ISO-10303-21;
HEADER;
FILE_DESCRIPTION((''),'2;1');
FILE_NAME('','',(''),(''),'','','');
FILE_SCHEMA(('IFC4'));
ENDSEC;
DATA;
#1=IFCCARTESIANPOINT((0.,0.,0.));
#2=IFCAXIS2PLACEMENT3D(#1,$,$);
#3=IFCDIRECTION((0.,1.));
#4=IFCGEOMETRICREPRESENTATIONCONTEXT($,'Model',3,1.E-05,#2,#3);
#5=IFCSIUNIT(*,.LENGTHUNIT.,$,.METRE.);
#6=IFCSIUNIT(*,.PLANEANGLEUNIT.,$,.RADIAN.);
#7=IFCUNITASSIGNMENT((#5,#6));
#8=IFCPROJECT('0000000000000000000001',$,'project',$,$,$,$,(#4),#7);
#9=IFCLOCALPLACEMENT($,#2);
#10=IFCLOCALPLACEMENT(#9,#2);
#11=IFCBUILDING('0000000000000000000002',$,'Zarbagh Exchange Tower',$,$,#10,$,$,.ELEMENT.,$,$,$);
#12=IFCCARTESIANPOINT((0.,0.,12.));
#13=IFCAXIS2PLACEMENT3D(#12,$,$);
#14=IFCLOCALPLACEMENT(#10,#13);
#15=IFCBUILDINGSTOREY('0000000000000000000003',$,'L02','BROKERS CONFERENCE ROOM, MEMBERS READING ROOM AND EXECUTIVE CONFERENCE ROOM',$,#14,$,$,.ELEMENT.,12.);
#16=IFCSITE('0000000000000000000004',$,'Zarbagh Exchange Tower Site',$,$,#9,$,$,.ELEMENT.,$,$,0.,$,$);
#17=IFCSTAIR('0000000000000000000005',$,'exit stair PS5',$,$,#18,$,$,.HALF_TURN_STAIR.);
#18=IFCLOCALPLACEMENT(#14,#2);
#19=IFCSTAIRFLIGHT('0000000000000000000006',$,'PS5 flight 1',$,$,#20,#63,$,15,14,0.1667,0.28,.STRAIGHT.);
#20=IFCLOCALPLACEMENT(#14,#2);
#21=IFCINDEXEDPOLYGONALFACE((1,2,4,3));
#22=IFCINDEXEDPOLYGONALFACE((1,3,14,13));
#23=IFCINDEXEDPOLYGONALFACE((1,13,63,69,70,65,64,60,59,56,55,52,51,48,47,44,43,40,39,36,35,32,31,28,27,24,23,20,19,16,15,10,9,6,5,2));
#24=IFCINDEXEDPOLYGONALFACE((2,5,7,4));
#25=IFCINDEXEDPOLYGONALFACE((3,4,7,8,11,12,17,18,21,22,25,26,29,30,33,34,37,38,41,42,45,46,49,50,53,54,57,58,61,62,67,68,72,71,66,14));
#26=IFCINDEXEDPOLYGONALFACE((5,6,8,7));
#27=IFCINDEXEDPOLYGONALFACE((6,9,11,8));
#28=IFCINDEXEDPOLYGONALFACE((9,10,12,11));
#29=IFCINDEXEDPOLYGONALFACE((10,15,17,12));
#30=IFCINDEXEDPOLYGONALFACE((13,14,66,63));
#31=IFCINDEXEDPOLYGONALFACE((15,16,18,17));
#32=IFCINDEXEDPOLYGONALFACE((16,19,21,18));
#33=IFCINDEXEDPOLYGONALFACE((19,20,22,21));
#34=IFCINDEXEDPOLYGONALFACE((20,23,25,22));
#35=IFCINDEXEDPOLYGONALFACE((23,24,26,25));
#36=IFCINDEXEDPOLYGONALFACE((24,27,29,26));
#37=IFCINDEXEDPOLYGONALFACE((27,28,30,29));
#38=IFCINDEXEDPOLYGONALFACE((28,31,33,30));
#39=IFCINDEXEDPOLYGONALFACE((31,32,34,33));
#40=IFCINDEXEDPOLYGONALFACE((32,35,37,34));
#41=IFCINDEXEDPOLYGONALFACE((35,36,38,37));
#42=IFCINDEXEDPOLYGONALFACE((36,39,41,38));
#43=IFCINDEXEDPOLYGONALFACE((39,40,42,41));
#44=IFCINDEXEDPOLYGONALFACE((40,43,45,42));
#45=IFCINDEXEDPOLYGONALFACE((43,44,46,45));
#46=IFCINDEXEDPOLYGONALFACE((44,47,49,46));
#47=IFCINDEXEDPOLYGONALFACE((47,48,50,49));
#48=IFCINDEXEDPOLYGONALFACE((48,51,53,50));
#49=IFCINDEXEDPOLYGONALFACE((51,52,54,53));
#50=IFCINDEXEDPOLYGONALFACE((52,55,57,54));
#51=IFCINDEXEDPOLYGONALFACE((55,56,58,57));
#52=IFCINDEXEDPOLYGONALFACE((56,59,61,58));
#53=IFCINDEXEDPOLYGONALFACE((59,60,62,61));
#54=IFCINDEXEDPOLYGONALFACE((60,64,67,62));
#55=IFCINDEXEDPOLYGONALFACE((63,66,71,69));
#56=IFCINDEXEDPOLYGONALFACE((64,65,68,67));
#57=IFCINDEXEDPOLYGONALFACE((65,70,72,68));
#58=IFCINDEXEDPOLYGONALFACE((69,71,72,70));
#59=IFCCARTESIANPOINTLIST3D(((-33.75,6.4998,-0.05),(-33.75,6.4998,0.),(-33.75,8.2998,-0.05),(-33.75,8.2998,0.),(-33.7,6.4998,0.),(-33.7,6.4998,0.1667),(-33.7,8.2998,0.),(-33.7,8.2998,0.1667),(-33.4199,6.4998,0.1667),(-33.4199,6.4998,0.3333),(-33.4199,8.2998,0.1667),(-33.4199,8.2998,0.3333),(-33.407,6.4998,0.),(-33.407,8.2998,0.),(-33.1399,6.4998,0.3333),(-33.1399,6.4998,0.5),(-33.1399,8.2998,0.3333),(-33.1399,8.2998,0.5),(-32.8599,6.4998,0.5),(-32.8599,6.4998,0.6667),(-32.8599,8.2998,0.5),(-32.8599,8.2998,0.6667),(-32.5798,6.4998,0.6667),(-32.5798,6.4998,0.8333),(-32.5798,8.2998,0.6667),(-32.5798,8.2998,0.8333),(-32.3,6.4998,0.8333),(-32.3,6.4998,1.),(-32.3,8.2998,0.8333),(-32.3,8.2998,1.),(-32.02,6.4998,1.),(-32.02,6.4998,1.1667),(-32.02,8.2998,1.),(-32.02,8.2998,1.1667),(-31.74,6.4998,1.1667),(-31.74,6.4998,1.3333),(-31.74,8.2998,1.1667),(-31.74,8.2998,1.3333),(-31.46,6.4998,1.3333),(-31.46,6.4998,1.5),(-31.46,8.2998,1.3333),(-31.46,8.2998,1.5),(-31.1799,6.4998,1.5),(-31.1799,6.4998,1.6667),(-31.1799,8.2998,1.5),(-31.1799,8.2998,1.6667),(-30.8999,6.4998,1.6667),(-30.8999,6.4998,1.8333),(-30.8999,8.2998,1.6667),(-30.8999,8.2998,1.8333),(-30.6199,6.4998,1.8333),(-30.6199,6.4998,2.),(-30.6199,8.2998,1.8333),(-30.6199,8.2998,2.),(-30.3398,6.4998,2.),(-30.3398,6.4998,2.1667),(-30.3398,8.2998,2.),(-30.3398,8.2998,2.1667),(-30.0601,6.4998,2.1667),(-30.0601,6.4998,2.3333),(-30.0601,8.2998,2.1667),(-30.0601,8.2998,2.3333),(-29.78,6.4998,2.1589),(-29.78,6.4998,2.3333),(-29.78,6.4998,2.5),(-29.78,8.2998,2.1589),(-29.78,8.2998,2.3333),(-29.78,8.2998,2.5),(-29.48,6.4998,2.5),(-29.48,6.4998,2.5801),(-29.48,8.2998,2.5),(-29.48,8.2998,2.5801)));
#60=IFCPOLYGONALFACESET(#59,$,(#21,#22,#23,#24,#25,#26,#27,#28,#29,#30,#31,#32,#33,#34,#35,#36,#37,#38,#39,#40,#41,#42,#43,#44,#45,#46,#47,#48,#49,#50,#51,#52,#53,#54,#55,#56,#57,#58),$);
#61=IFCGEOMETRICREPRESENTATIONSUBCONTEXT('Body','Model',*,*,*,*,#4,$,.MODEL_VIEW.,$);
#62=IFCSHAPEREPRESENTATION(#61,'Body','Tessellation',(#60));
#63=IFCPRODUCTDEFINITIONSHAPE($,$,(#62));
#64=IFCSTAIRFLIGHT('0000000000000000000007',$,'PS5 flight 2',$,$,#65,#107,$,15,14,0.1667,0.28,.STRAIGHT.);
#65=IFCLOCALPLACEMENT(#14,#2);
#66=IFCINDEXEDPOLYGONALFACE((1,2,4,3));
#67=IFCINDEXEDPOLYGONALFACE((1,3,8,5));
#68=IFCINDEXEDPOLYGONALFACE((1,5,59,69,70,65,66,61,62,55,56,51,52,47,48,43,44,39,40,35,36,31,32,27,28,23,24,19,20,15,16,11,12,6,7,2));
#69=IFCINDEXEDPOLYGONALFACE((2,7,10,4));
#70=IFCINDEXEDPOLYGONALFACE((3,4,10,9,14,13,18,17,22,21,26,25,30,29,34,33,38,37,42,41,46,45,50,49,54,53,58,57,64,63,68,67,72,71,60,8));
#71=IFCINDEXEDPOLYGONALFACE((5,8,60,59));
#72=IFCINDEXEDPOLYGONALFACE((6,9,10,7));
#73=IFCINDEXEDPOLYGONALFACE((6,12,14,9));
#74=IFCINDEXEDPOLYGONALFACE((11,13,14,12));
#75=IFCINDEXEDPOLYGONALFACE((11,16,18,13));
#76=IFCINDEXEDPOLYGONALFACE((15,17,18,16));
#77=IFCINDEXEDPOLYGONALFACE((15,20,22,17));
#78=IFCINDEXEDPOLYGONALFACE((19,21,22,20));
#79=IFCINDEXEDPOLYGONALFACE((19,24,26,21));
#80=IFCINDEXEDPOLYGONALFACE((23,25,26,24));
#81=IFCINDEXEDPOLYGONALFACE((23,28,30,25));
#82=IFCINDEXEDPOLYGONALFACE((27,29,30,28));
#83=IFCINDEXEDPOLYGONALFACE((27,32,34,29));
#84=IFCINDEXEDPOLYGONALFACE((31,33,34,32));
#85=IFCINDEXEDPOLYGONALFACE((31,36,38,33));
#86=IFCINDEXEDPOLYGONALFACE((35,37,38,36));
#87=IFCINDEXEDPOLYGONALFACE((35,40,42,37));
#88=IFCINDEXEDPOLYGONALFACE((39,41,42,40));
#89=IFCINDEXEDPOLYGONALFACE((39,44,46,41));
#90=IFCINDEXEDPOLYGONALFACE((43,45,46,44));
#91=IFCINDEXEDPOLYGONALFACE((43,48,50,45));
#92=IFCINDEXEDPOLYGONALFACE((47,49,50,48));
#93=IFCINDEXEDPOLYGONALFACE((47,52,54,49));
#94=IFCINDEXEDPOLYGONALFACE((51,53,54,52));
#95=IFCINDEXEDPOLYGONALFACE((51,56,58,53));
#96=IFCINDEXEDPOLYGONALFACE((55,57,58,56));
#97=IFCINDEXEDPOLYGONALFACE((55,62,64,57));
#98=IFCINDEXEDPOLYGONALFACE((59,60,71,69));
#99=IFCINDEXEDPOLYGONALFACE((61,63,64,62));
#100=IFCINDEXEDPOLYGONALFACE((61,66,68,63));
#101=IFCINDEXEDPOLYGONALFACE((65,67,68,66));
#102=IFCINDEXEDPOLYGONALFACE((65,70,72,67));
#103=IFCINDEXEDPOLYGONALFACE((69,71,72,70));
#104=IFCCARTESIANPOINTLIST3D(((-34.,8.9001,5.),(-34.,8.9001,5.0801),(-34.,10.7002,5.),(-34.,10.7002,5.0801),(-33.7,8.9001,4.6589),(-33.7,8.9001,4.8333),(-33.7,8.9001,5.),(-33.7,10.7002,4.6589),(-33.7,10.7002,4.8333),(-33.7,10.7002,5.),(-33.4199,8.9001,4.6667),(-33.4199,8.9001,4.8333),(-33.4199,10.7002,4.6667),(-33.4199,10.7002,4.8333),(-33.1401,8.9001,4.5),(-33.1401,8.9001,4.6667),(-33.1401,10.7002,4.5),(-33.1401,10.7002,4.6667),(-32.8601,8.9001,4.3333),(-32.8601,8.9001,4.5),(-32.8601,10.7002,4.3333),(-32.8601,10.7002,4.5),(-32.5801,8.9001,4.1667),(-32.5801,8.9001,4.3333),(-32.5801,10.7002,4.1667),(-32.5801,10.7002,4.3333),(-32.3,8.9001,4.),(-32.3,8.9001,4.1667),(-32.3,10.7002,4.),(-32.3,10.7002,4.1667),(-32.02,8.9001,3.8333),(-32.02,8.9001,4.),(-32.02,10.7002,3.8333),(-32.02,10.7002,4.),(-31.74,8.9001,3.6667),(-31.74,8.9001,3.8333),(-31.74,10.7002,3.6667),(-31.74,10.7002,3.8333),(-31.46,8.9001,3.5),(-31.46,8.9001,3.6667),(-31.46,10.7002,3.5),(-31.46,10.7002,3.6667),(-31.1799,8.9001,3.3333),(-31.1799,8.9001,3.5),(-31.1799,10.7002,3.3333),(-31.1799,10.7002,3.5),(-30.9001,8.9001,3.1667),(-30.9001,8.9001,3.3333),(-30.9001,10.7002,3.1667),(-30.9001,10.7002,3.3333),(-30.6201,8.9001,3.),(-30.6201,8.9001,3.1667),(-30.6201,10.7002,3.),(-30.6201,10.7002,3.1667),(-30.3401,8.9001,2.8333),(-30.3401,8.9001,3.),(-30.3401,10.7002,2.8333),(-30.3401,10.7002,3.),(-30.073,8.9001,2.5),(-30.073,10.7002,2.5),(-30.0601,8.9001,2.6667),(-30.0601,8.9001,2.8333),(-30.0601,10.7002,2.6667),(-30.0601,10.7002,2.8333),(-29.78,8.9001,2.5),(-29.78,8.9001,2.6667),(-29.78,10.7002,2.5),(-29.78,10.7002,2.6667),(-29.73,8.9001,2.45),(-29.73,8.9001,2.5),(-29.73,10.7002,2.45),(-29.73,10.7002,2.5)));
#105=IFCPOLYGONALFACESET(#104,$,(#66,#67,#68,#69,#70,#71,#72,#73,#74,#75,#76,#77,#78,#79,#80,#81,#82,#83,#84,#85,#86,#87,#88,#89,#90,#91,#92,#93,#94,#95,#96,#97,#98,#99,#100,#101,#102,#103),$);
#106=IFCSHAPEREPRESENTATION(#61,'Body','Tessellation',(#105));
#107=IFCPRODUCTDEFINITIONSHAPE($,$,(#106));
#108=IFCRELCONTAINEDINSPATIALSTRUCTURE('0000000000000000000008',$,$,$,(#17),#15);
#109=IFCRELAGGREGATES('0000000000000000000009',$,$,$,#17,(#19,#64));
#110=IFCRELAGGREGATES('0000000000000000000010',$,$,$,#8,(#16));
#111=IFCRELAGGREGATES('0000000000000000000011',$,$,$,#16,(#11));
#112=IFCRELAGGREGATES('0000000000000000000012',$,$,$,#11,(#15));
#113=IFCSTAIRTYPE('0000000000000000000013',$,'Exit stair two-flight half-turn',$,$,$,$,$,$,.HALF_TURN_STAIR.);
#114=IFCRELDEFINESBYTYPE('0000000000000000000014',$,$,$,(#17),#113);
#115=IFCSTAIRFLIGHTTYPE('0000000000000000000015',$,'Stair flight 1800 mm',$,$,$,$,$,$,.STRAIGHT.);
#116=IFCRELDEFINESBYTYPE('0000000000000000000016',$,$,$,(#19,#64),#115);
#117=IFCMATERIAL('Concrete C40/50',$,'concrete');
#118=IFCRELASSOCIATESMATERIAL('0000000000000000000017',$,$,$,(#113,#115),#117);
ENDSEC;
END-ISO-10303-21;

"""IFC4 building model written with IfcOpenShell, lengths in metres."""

from ifc_helpers import new_model, si_unit, direction, frame, origin, place, context, subcontext, project, spatial, polyline, outline, extrude, material, type_object, element, aggregate, save


model = new_model("IFC4")

# Units and contexts
model_context = context("Model", 3, precision=1e-05, world=origin(), true_north=direction((0.0, 1.0)))
body_context = subcontext(model_context, "Body", "Model", "MODEL_VIEW")
ifc_project = project(units=[si_unit("LENGTHUNIT", "METRE"), si_unit("PLANEANGLEUNIT", "RADIAN")], contexts=[model_context])

# Site, building, storey
site_placement = place(None, origin())
site = spatial("IfcSite", under=ifc_project, at=site_placement, Name="Zarbagh Exchange Tower Site", CompositionType="ELEMENT", RefElevation=0.0)
building_placement = place(site_placement, origin())
building = spatial("IfcBuilding", under=site, at=building_placement, Name="Zarbagh Exchange Tower", CompositionType="ELEMENT")
storey_placement = place(building_placement, frame((0.0, 0.0, 12.0)))
storey = spatial("IfcBuildingStorey", under=building, at=storey_placement, Name="L02", Description="BROKERS CONFERENCE ROOM, MEMBERS READING ROOM AND EXECUTIVE CONFERENCE ROOM", CompositionType="ELEMENT", Elevation=12.0)

# Shared definitions
ifc_material_1 = material(Name="Concrete C40/50", Category="concrete")

# Stair, stair flights
stair_type = type_object("IfcStairType", Name="Exit stair two-flight half-turn", PredefinedType="HALF_TURN_STAIR", material=ifc_material_1)
stair_placement = place(storey_placement, origin())
stair = element("IfcStair", 1, at=stair_placement, inside=storey, type_object=stair_type, Name="exit stair PS5", PredefinedType="HALF_TURN_STAIR")
stair_flight_type = type_object("IfcStairFlightType", Name="Stair flight 1800 mm", PredefinedType="STRAIGHT", material=ifc_material_1)
stair_flight_1_placement = place(storey_placement, frame((-33.7, 7.3999, 0.0), z_axis=(0.0, 0.0, 1.0), x_axis=(1.0, 0.0, 0.0)))
stair_flight_1 = element("IfcStairFlight", 2, at=stair_flight_1_placement, type_object=stair_flight_type, Name="PS5 flight 1", NumberOfRisers=15, NumberOfTreads=14, PredefinedType="STRAIGHT", RiserHeight=0.1667, TreadLength=0.28, context=body_context, shape_type="SweptSolid", body=[
    extrude(outline(polyline([(-0.05, -0.05), (-0.05, 0.0), (0.0, 0.0), (0.0, 0.1667), (0.28, 0.1667), (0.28, 0.3333), (0.5601, 0.3333), (0.5601, 0.5), (0.8401, 0.5), (0.8401, 0.6667), (1.1201, 0.6667), (1.1201, 0.8333), (1.3999, 0.8333), (1.3999, 1.0), (1.6799, 1.0), (1.6799, 1.1667), (1.96, 1.1667), (1.96, 1.3333), (2.24, 1.3333), (2.24, 1.5), (2.52, 1.5), (2.52, 1.6667), (2.8, 1.6667), (2.8, 1.8333), (3.0801, 1.8333), (3.0801, 2.0), (3.3601, 2.0), (3.3601, 2.1667), (3.6399, 2.1667), (3.6399, 2.3333), (3.9199, 2.3333), (3.9199, 2.5), (4.22, 2.5801), (4.22, 2.5), (3.9199, 2.1589), (0.293, 0.0), (-0.05, -0.05)])), frame((0.0, 0.8999, 0.0), z_axis=(0.0, -1.0, 0.0), x_axis=(1.0, 0.0, 0.0)), (0.0, 0.0, 1.0), 1.8),
])
stair_flight_2_placement = place(storey_placement, frame((-29.78, 9.8, 2.5), z_axis=(0.0, 0.0, 1.0), x_axis=(-1.0, 0.0, 0.0)))
stair_flight_2 = element("IfcStairFlight", 3, at=stair_flight_2_placement, type_object=stair_flight_type, Name="PS5 flight 2", NumberOfRisers=15, NumberOfTreads=14, PredefinedType="STRAIGHT", RiserHeight=0.1667, TreadLength=0.28, context=body_context, shape_type="SweptSolid", body=[
    extrude(outline(polyline([(-0.05, -0.05), (-0.05, 0.0), (0.0, 0.0), (0.0, 0.1667), (0.28, 0.1667), (0.28, 0.3333), (0.5601, 0.3333), (0.5601, 0.5), (0.8401, 0.5), (0.8401, 0.6667), (1.1201, 0.6667), (1.1201, 0.8333), (1.3999, 0.8333), (1.3999, 1.0), (1.6799, 1.0), (1.6799, 1.1667), (1.96, 1.1667), (1.96, 1.3333), (2.24, 1.3333), (2.24, 1.5), (2.52, 1.5), (2.52, 1.6667), (2.8, 1.6667), (2.8, 1.8333), (3.0801, 1.8333), (3.0801, 2.0), (3.3601, 2.0), (3.3601, 2.1667), (3.6399, 2.1667), (3.6399, 2.3333), (3.9199, 2.3333), (3.9199, 2.5), (4.22, 2.5801), (4.22, 2.5), (3.9199, 2.1589), (0.293, 0.0), (-0.05, -0.05)])), frame((0.0, 0.8999, 0.0), z_axis=(0.0, -1.0, 0.0), x_axis=(1.0, 0.0, 0.0)), (0.0, 0.0, 1.0), 1.8),
])
aggregate(stair, [stair_flight_1, stair_flight_2])

save(model, "model.ifc")
